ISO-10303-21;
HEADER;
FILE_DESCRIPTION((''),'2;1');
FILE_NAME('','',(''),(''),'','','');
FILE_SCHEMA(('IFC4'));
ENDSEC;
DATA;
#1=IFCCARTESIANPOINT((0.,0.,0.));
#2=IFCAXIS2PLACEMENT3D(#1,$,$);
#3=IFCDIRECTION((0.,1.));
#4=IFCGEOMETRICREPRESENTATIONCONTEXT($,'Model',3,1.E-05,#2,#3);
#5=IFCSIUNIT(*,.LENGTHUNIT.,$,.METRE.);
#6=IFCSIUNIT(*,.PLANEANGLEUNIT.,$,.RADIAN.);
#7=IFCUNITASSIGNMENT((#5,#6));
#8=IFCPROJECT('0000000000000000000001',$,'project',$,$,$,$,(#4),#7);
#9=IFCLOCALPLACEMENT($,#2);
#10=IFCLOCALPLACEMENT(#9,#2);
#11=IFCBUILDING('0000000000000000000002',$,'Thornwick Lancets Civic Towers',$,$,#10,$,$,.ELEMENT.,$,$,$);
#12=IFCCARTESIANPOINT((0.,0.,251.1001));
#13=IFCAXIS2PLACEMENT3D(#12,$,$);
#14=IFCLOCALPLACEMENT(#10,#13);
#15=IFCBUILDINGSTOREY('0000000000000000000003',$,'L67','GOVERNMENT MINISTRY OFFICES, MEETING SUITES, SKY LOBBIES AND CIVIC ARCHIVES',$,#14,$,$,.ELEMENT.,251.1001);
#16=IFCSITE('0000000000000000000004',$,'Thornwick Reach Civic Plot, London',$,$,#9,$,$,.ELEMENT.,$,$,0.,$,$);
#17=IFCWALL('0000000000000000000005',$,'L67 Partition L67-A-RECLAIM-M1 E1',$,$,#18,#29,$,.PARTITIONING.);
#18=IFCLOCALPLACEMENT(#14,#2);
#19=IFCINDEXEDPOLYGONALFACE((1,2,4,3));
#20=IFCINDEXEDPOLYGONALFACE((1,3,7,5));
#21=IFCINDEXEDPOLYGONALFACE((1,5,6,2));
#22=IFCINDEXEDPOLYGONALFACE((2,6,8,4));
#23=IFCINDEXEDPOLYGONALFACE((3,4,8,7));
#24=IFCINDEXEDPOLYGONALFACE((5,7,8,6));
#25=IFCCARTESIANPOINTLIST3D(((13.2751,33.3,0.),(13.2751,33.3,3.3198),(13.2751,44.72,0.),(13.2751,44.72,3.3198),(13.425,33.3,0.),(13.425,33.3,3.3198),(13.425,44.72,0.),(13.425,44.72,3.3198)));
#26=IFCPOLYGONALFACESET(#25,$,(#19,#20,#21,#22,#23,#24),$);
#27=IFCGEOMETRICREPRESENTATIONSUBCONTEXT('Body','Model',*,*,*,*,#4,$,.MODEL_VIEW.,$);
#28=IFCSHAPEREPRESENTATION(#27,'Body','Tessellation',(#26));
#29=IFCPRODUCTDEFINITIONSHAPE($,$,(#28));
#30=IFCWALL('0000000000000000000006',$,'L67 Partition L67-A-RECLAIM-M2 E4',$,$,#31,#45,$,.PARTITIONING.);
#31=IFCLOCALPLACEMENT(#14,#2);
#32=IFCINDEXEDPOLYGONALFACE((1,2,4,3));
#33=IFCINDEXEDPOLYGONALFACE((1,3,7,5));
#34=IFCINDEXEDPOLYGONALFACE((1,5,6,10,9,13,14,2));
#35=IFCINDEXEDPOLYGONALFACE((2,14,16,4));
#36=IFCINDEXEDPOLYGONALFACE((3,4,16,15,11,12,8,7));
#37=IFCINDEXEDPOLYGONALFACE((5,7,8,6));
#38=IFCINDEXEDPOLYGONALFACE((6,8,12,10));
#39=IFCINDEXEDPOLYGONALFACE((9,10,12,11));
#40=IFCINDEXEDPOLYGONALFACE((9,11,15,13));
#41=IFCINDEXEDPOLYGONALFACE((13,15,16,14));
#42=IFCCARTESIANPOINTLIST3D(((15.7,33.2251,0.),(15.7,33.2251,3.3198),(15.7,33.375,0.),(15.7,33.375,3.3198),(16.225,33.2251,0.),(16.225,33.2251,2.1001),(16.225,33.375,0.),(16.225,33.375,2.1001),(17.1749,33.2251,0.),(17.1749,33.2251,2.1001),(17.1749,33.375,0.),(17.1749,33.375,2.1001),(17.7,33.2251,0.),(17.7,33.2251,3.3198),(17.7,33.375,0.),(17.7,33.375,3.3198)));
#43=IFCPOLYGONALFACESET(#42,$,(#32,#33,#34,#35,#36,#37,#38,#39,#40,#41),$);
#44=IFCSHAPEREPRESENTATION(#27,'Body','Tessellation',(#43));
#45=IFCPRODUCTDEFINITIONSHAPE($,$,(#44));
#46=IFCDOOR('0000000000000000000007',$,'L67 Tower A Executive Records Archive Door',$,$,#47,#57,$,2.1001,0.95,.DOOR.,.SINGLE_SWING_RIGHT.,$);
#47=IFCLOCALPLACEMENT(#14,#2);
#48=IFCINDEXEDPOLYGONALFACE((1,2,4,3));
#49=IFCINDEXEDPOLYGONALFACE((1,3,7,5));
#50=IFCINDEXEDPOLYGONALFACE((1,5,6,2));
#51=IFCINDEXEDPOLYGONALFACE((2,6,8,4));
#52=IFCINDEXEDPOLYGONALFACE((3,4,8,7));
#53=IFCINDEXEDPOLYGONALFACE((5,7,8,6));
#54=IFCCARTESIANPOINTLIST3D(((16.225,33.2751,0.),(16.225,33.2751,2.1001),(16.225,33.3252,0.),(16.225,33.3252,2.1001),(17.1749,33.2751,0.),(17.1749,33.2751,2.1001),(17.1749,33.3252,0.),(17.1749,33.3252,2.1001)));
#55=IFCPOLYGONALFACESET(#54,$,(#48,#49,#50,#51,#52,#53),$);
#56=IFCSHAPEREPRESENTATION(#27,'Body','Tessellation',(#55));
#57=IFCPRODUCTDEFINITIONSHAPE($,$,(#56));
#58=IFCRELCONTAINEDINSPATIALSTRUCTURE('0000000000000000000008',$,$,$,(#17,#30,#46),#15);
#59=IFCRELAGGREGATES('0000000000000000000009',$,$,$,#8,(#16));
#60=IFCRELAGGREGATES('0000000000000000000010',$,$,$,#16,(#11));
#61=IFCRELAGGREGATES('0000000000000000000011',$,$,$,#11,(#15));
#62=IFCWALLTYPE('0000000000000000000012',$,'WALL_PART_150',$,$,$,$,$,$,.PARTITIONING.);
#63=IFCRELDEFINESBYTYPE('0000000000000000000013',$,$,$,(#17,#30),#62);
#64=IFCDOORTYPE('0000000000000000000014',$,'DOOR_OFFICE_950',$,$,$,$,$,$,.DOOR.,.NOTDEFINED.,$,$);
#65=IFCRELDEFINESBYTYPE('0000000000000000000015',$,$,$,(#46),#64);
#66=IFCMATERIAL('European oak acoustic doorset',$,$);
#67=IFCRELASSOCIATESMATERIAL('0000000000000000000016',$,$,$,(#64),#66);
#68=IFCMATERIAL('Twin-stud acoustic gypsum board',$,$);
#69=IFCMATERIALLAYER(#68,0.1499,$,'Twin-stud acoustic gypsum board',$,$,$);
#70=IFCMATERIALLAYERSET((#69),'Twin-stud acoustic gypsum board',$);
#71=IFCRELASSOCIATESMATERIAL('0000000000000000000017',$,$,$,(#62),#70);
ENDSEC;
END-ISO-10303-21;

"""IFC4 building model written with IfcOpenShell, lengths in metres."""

from ifc_helpers import new_model, si_unit, direction, frame, frame_2d, origin, place, context, subcontext, project, spatial, rectangle, extrude, material, layer, layer_set, type_object, element, fill, save


model = new_model("IFC4")

# Units and contexts
model_context = context("Model", 3, precision=1e-05, world=origin(), true_north=direction((0.0, 1.0)))
body_context = subcontext(model_context, "Body", "Model", "MODEL_VIEW")
ifc_project = project(units=[si_unit("LENGTHUNIT", "METRE"), si_unit("PLANEANGLEUNIT", "RADIAN")], contexts=[model_context])

# Site, building, storey
site_placement = place(None, origin())
site = spatial("IfcSite", under=ifc_project, at=site_placement, Name="Thornwick Reach Civic Plot, London", CompositionType="ELEMENT", RefElevation=0.0)
building_placement = place(site_placement, origin())
building = spatial("IfcBuilding", under=site, at=building_placement, Name="Thornwick Lancets Civic Towers", CompositionType="ELEMENT")
storey_placement = place(building_placement, frame((0.0, 0.0, 251.1001)))
storey = spatial("IfcBuildingStorey", under=building, at=storey_placement, Name="L67", Description="GOVERNMENT MINISTRY OFFICES, MEETING SUITES, SKY LOBBIES AND CIVIC ARCHIVES", CompositionType="ELEMENT", Elevation=251.1001)

# Shared definitions
ifc_material_1 = material(Name="European oak acoustic doorset")
door_type_1 = type_object("IfcDoorType", Name="DOOR_OFFICE_950", OperationType="NOTDEFINED", PredefinedType="DOOR", material=ifc_material_1)

# Wall
ifc_material_2 = material(Name="Twin-stud acoustic gypsum board")
ifc_layer_1 = layer(ifc_material_2, 0.1499, Name="Twin-stud acoustic gypsum board")
ifc_layer_set_1 = layer_set([ifc_layer_1], Name="Twin-stud acoustic gypsum board")
wall_type_1 = type_object("IfcWallType", Name="WALL_PART_150", PredefinedType="PARTITIONING", material=ifc_layer_set_1)
wall_1_placement = place(storey_placement, frame((13.3501, 33.3, 0.0), z_axis=(0.0, 0.0, 1.0), x_axis=(0.0, 1.0, 0.0)))
element("IfcWall", 1, at=wall_1_placement, inside=storey, type_object=wall_type_1, Name="L67 Partition L67-A-RECLAIM-M1 E1", PredefinedType="PARTITIONING", context=body_context, shape_type="SweptSolid", body=[
    extrude(rectangle(XDim=11.4199, YDim=0.1499, at=frame_2d((5.71, 0.0))), origin(), (0.0, 0.0, 1.0), 3.3198),
])

# Wall, opening, door
wall_2_placement = place(storey_placement, frame((17.7, 33.3, 0.0), z_axis=(0.0, 0.0, 1.0), x_axis=(-1.0, 0.0, 0.0)))
wall_2 = element("IfcWall", 2, at=wall_2_placement, inside=storey, type_object=wall_type_1, Name="L67 Partition L67-A-RECLAIM-M2 E4", PredefinedType="PARTITIONING", context=body_context, shape_type="SweptSolid", body=[
    extrude(rectangle(XDim=2.0, YDim=0.1499, at=frame_2d((1.0, 0.0))), origin(), (0.0, 0.0, 1.0), 3.3198),
])
opening_1_placement = place(wall_2_placement, frame((0.5249, 0.0, 0.0)))
opening_1 = element("IfcOpeningElement", 3, at=opening_1_placement, cuts=wall_2, PredefinedType="OPENING", context=body_context, shape_type="SweptSolid", body=[
    extrude(rectangle(XDim=0.95, YDim=2.1001, at=frame_2d((0.4751, 1.05))), frame((0.0, 0.085, 0.0), z_axis=(0.0, -1.0, 0.0), x_axis=(1.0, 0.0, 0.0)), (0.0, 0.0, 1.0), 0.1699),
])
door_1_placement = place(opening_1_placement, origin())
door_1 = element("IfcDoor", 4, at=door_1_placement, inside=storey, type_object=door_type_1, Name="L67 Tower A Executive Records Archive Door", OperationType="SINGLE_SWING_RIGHT", OverallHeight=2.1001, OverallWidth=0.95, PredefinedType="DOOR", context=body_context, shape_type="SweptSolid", body=[
    extrude(rectangle(XDim=0.95, YDim=2.1001, at=frame_2d((0.4751, 1.05))), frame((0.0, 0.0249, 0.0), z_axis=(0.0, -1.0, 0.0), x_axis=(1.0, 0.0, 0.0)), (0.0, 0.0, 1.0), 0.05),
])
fill(opening_1, door_1)

save(model, "model.ifc")
